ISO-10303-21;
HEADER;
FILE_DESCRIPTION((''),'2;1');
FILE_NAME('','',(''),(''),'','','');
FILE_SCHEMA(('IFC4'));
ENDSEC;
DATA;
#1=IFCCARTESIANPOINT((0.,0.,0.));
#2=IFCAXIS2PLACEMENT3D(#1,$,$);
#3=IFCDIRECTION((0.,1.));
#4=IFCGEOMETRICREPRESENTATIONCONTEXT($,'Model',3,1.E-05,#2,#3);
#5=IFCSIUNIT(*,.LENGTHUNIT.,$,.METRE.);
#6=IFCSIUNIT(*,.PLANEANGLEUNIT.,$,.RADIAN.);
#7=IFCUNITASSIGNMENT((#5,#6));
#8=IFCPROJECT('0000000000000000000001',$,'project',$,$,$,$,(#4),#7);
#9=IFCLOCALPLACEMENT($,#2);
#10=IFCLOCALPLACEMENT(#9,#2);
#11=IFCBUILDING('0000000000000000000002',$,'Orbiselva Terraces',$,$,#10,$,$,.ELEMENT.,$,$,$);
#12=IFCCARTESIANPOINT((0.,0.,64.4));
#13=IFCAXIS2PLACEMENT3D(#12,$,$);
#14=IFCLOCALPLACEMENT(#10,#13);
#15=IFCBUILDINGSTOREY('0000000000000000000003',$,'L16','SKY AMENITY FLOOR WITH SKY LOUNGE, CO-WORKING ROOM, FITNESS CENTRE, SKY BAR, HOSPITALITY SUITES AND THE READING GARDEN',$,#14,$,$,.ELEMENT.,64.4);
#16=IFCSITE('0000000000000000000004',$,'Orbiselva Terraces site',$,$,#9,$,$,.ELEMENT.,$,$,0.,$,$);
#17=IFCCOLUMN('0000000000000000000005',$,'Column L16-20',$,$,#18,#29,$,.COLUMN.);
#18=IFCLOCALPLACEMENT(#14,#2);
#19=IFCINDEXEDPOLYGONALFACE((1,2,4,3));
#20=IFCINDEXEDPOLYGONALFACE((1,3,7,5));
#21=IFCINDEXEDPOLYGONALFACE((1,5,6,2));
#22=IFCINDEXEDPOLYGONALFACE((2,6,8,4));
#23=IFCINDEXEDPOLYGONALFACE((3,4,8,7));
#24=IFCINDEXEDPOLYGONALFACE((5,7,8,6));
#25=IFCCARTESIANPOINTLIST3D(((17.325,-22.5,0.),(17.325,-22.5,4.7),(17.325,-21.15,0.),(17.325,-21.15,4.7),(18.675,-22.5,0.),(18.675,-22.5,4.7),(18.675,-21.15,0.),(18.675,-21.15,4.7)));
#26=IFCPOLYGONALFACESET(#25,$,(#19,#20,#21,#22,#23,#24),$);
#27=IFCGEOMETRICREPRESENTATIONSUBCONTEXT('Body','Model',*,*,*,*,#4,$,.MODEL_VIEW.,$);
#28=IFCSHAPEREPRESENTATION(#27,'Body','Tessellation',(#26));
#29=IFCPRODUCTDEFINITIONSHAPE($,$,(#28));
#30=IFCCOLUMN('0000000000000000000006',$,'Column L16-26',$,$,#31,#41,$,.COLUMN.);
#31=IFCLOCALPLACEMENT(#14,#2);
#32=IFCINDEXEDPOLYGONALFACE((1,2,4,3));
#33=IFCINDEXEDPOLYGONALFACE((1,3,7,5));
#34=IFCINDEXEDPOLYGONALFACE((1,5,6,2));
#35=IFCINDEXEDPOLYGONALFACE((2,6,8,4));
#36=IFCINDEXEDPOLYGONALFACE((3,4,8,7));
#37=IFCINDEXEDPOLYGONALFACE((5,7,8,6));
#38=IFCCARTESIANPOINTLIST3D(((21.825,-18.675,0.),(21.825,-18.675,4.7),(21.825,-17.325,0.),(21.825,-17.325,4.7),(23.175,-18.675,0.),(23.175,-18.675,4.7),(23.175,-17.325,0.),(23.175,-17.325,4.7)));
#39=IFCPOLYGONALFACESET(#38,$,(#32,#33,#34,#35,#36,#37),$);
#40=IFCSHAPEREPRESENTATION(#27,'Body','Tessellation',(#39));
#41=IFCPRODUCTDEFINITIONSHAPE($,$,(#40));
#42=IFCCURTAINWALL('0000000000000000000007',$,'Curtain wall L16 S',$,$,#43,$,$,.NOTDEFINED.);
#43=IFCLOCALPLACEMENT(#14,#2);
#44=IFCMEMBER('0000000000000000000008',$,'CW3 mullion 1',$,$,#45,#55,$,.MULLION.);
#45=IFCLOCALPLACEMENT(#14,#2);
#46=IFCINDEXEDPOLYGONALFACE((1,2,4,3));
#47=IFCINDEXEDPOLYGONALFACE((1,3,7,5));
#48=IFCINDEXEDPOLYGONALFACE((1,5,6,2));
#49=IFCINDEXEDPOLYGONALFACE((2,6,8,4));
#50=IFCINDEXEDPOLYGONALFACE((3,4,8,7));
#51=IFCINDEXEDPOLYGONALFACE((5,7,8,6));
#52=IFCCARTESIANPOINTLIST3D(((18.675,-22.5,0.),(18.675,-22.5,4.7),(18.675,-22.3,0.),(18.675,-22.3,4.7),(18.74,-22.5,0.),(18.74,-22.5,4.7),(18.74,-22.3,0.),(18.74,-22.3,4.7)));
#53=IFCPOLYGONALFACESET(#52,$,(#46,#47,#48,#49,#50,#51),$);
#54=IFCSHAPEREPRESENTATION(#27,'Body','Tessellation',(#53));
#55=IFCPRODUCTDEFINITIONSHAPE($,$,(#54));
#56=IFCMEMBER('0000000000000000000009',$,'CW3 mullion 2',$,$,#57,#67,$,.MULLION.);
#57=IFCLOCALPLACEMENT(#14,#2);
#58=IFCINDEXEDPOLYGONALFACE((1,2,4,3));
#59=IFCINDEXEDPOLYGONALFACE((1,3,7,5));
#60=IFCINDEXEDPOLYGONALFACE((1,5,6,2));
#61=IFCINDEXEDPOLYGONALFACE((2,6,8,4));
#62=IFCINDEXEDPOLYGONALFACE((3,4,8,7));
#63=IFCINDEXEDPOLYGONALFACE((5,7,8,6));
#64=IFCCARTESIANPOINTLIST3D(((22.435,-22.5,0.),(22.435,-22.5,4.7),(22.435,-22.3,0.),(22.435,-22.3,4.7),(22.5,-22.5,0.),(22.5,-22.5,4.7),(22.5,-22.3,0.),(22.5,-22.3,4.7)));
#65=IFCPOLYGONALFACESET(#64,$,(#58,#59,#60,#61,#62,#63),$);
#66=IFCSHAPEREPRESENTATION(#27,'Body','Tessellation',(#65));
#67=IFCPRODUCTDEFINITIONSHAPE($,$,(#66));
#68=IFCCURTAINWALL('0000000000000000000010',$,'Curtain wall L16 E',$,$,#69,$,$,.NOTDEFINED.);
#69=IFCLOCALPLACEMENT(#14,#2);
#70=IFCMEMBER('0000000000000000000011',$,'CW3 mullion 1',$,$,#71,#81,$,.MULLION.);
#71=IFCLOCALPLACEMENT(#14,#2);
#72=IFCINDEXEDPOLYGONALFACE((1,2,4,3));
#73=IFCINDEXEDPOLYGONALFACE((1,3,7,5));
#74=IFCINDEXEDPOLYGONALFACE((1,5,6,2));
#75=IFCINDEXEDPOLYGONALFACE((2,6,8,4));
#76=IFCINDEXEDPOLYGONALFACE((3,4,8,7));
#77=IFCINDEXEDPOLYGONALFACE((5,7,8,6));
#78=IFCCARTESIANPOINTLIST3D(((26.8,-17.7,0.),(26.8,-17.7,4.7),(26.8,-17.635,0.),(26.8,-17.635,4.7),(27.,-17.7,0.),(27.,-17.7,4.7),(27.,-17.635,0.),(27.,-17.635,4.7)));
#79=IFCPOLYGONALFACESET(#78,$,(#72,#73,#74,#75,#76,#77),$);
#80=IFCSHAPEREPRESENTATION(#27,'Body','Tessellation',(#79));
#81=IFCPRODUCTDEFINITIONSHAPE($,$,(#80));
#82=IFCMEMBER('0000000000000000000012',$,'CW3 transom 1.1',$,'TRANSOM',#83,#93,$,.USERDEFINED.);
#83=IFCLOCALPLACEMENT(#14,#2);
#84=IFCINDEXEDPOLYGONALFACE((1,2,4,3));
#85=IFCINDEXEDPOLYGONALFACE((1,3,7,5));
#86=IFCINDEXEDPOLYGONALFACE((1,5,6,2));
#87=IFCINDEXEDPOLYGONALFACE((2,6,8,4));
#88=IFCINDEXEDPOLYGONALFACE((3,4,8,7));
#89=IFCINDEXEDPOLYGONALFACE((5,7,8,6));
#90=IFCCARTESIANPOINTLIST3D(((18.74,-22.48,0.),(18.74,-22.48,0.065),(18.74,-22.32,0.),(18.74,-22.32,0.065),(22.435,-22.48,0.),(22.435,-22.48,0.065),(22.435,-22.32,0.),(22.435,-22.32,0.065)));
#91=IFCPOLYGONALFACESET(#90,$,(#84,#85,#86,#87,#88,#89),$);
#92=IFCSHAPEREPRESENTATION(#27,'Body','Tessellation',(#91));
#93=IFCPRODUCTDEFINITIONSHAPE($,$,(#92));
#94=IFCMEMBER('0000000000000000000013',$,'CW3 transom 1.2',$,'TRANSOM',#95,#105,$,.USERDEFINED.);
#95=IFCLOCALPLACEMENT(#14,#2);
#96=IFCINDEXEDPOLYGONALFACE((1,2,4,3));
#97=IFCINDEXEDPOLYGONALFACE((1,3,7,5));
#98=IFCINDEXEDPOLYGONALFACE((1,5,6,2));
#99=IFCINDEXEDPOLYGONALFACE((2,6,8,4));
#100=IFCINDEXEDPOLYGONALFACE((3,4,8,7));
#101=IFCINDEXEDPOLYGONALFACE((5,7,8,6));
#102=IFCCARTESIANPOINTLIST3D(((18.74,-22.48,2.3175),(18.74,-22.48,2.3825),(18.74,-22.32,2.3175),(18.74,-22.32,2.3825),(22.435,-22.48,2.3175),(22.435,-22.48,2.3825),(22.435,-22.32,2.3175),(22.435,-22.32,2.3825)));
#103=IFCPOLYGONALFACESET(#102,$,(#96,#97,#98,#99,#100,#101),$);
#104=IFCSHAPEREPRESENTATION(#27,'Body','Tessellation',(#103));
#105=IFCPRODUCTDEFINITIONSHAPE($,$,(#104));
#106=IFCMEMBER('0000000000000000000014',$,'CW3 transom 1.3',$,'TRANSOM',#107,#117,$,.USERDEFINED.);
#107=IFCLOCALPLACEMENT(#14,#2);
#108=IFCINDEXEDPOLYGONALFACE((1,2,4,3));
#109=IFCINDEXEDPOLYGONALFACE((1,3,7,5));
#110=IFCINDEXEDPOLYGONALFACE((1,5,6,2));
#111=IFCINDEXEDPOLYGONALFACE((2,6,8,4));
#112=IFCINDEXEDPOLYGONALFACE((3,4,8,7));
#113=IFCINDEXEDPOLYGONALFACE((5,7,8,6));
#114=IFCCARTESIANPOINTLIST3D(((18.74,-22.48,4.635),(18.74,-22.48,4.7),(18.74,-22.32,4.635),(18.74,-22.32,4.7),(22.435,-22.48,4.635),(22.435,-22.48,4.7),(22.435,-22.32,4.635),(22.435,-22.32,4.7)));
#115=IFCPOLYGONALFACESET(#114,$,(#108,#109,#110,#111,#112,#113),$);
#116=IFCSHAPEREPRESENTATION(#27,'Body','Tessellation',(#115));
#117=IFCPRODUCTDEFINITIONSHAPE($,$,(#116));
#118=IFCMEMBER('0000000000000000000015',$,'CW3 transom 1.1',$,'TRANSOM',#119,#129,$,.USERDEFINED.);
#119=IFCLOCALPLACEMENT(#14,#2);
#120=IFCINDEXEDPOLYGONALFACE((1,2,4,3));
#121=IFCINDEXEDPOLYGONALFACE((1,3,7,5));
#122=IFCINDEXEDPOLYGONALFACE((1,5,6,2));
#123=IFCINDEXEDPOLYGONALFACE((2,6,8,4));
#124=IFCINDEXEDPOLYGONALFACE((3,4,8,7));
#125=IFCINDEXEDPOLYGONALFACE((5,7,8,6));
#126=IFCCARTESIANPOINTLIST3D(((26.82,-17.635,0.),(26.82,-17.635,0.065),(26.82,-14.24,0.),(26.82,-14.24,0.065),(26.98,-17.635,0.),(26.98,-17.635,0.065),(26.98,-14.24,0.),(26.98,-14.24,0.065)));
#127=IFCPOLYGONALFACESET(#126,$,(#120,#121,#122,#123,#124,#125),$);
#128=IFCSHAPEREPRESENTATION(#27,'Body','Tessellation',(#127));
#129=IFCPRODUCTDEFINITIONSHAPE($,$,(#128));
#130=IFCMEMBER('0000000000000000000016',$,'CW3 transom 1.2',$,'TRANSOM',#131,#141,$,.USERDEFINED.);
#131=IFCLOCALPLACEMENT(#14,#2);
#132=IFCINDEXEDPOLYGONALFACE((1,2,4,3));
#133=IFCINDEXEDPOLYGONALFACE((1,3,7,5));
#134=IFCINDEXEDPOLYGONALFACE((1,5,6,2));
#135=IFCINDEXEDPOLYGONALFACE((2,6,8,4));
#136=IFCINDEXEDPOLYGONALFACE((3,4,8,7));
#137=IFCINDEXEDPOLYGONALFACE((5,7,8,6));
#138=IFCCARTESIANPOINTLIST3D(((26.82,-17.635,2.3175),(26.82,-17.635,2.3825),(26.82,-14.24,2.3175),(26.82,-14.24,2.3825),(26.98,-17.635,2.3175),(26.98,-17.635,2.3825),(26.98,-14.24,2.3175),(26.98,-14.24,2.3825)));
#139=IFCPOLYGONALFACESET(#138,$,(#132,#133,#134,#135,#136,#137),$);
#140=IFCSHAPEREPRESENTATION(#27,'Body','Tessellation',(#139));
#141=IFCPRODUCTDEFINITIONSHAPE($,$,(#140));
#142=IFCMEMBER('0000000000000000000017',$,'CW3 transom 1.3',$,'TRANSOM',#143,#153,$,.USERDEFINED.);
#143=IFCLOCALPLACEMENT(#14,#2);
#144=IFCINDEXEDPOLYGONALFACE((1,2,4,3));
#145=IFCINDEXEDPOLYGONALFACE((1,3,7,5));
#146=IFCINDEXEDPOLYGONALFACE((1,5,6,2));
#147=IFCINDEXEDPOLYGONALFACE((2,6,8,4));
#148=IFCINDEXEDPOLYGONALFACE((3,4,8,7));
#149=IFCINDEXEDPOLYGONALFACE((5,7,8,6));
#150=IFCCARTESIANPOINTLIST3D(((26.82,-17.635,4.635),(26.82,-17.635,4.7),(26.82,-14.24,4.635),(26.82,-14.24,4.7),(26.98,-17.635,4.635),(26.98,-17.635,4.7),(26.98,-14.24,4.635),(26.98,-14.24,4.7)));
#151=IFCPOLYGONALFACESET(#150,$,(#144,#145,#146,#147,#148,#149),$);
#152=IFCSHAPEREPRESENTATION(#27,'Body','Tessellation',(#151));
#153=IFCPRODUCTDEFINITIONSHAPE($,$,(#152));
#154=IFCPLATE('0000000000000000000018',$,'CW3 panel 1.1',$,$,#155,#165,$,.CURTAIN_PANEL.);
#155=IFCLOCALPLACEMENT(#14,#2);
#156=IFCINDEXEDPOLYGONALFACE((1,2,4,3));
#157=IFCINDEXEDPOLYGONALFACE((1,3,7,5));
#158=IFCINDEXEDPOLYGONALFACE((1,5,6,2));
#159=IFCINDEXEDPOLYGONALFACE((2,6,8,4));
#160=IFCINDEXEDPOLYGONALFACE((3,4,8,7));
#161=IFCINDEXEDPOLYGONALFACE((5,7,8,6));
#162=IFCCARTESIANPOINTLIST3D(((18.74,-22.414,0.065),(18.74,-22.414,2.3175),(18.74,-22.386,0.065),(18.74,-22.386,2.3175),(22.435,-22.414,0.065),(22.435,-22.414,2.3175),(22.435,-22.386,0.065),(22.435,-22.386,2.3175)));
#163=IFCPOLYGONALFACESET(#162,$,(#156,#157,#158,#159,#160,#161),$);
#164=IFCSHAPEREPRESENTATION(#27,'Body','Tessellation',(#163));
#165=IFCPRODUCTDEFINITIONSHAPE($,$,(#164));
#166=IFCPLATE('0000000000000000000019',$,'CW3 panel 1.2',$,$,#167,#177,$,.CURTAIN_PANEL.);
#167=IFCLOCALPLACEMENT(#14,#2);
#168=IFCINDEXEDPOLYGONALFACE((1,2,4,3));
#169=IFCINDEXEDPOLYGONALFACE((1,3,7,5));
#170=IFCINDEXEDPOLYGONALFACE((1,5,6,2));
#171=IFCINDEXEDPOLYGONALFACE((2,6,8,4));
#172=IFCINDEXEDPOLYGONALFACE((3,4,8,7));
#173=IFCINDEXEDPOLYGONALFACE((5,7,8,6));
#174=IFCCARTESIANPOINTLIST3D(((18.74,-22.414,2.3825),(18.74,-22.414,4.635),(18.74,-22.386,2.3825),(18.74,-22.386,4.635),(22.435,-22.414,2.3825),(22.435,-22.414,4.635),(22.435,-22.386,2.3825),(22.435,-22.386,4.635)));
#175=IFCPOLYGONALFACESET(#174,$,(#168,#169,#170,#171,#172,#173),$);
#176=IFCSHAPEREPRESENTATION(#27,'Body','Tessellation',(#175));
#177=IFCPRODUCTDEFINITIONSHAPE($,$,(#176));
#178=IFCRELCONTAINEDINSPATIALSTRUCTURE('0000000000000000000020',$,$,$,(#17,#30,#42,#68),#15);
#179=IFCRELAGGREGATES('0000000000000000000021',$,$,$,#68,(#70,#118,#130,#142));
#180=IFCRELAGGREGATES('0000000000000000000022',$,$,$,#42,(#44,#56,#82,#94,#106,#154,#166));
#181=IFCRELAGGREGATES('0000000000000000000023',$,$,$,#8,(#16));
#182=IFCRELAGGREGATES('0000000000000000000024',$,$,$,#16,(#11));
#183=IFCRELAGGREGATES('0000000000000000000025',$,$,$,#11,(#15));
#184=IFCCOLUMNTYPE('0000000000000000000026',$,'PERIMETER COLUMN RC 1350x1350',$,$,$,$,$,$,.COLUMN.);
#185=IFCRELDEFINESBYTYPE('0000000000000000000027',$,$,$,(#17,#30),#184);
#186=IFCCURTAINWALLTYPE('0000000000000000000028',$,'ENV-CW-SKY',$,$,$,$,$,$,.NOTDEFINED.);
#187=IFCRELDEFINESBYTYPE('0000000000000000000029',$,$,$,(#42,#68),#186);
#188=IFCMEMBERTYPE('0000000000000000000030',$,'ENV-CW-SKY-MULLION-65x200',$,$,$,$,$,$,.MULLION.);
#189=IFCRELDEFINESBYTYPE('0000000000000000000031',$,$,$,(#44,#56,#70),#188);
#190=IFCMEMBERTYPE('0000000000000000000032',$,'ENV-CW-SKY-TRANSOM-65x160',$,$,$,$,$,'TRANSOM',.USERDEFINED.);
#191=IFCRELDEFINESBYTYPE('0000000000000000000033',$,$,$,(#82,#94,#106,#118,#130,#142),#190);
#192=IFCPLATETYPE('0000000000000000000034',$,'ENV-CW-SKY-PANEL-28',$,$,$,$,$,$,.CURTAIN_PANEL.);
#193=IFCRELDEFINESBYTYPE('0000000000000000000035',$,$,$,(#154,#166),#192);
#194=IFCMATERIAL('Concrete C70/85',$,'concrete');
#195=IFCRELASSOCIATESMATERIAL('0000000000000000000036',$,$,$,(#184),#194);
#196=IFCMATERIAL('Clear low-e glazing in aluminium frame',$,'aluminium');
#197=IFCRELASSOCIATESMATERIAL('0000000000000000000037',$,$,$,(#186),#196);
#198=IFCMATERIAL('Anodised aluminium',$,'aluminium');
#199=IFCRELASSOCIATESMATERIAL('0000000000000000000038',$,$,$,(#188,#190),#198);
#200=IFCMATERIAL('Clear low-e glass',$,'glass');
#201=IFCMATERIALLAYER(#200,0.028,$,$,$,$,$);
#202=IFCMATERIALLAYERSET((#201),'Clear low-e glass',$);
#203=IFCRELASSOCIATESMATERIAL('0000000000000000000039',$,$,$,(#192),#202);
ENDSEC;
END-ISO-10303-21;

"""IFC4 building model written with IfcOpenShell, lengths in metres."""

from ifc_helpers import new_model, si_unit, direction, frame, origin, origin_2d, place, context, subcontext, project, spatial, rectangle, extrude, material, layer, layer_set, material_profile, profile_set, type_object, element, aggregate, save


model = new_model("IFC4")

# Units and contexts
model_context = context("Model", 3, precision=1e-05, world=origin(), true_north=direction((0.0, 1.0)))
body_context = subcontext(model_context, "Body", "Model", "MODEL_VIEW")
ifc_project = project(units=[si_unit("LENGTHUNIT", "METRE"), si_unit("PLANEANGLEUNIT", "RADIAN")], contexts=[model_context])

# Site, building, storey
site_placement = place(None, origin())
site = spatial("IfcSite", under=ifc_project, at=site_placement, Name="Orbiselva Terraces site", CompositionType="ELEMENT", RefElevation=0.0)
building_placement = place(site_placement, origin())
building = spatial("IfcBuilding", under=site, at=building_placement, Name="Orbiselva Terraces", CompositionType="ELEMENT")
storey_placement = place(building_placement, frame((0.0, 0.0, 64.4)))
storey = spatial("IfcBuildingStorey", under=building, at=storey_placement, Name="L16", Description="SKY AMENITY FLOOR WITH SKY LOUNGE, CO-WORKING ROOM, FITNESS CENTRE, SKY BAR, HOSPITALITY SUITES AND THE READING GARDEN", CompositionType="ELEMENT", Elevation=64.4)

# Columns
ifc_material_1 = material(Name="Concrete C70/85", Category="concrete")
ifc_material_profile_1 = material_profile(ifc_material_1, rectangle(XDim=1.35, YDim=1.35, at=origin_2d()), Name="RC 1350x1350")
ifc_profile_set_1 = profile_set([ifc_material_profile_1], Name="Concrete C70/85")
column_type = type_object("IfcColumnType", Name="PERIMETER COLUMN RC 1350x1350", PredefinedType="COLUMN", material=ifc_profile_set_1)
for number, where, z_axis, x_axis, name in (
    (1, (18.0, -21.825, 0.0), (0.0, 0.0, 1.0), (1.0, 0.0, 0.0), "Column L16-20"),
    (2, (22.5, -18.0, 0.0), (0.0, 0.0, 1.0), (1.0, 0.0, 0.0), "Column L16-26"),
):
    element("IfcColumn", number, at=place(storey_placement, frame(where, z_axis=z_axis, x_axis=x_axis)), inside=storey, type_object=column_type, Name=name, PredefinedType="COLUMN", context=body_context, shape_type="SweptSolid", body=[
        extrude(rectangle(XDim=1.35, YDim=1.35, at=origin_2d()), origin(), (0.0, 0.0, 1.0), 4.7),
    ])

# Curtain wall, members
ifc_material_2 = material(Name="Clear low-e glazing in aluminium frame", Category="aluminium")
curtain_wall_type = type_object("IfcCurtainWallType", Name="ENV-CW-SKY", PredefinedType="NOTDEFINED", material=ifc_material_2)
curtain_wall_1_placement = place(storey_placement, origin())
curtain_wall_1 = element("IfcCurtainWall", 3, at=curtain_wall_1_placement, inside=storey, type_object=curtain_wall_type, Name="Curtain wall L16 S", PredefinedType="NOTDEFINED")
ifc_material_3 = material(Name="Anodised aluminium", Category="aluminium")
ifc_material_profile_2 = material_profile(ifc_material_3, rectangle(XDim=0.2, YDim=0.065, at=origin_2d()), Name="AL 65x200")
ifc_profile_set_2 = profile_set([ifc_material_profile_2], Name="Anodised aluminium")
member_type_1 = type_object("IfcMemberType", Name="ENV-CW-SKY-MULLION-65x200", PredefinedType="MULLION", material=ifc_profile_set_2)
member_1_placement = place(storey_placement, frame((18.7075, -22.4, 0.0), z_axis=(0.0, 0.0, 1.0), x_axis=(0.0, 1.0, 0.0)))
member_1 = element("IfcMember", 4, at=member_1_placement, type_object=member_type_1, Name="CW3 mullion 1", PredefinedType="MULLION", context=body_context, shape_type="SweptSolid", body=[
    extrude(rectangle(XDim=0.2, YDim=0.065, at=origin_2d()), origin(), (0.0, 0.0, 1.0), 4.7),
])
member_2_placement = place(storey_placement, frame((22.4675, -22.4, 0.0), z_axis=(0.0, 0.0, 1.0), x_axis=(0.0, 1.0, 0.0)))
member_2 = element("IfcMember", 5, at=member_2_placement, type_object=member_type_1, Name="CW3 mullion 2", PredefinedType="MULLION", context=body_context, shape_type="SweptSolid", body=[
    extrude(rectangle(XDim=0.2, YDim=0.065, at=origin_2d()), origin(), (0.0, 0.0, 1.0), 4.7),
])

# Curtain wall, member
curtain_wall_2_placement = place(storey_placement, origin())
curtain_wall_2 = element("IfcCurtainWall", 6, at=curtain_wall_2_placement, inside=storey, type_object=curtain_wall_type, Name="Curtain wall L16 E", PredefinedType="NOTDEFINED")
member_3_placement = place(storey_placement, frame((26.9, -17.6675, 0.0), z_axis=(0.0, 0.0, 1.0), x_axis=(-1.0, 0.0, 0.0)))
member_3 = element("IfcMember", 7, at=member_3_placement, type_object=member_type_1, Name="CW3 mullion 1", PredefinedType="MULLION", context=body_context, shape_type="SweptSolid", body=[
    extrude(rectangle(XDim=0.2, YDim=0.065, at=origin_2d()), origin(), (0.0, 0.0, 1.0), 4.7),
])

# Members
ifc_material_profile_3 = material_profile(ifc_material_3, rectangle(XDim=0.16, YDim=0.065, at=origin_2d()), Name="AL 65x160")
ifc_profile_set_3 = profile_set([ifc_material_profile_3], Name="Anodised aluminium")
member_type_2 = type_object("IfcMemberType", Name="ENV-CW-SKY-TRANSOM-65x160", ElementType="TRANSOM", PredefinedType="USERDEFINED", material=ifc_profile_set_3)
member_4_placement = place(storey_placement, frame((18.74, -22.4, 0.0325), z_axis=(1.0, 0.0, 0.0), x_axis=(0.0, 1.0, 0.0)))
member_4 = element("IfcMember", 8, at=member_4_placement, type_object=member_type_2, Name="CW3 transom 1.1", ObjectType="TRANSOM", PredefinedType="USERDEFINED", context=body_context, shape_type="SweptSolid", body=[
    extrude(rectangle(XDim=0.16, YDim=0.065, at=origin_2d()), origin(), (0.0, 0.0, 1.0), 3.695),
])
member_5_placement = place(storey_placement, frame((18.74, -22.4, 2.35), z_axis=(1.0, 0.0, 0.0), x_axis=(0.0, 1.0, 0.0)))
member_5 = element("IfcMember", 9, at=member_5_placement, type_object=member_type_2, Name="CW3 transom 1.2", ObjectType="TRANSOM", PredefinedType="USERDEFINED", context=body_context, shape_type="SweptSolid", body=[
    extrude(rectangle(XDim=0.16, YDim=0.065, at=origin_2d()), origin(), (0.0, 0.0, 1.0), 3.695),
])
member_6_placement = place(storey_placement, frame((18.74, -22.4, 4.6675), z_axis=(1.0, 0.0, 0.0), x_axis=(0.0, 1.0, 0.0)))
member_6 = element("IfcMember", 10, at=member_6_placement, type_object=member_type_2, Name="CW3 transom 1.3", ObjectType="TRANSOM", PredefinedType="USERDEFINED", context=body_context, shape_type="SweptSolid", body=[
    extrude(rectangle(XDim=0.16, YDim=0.065, at=origin_2d()), origin(), (0.0, 0.0, 1.0), 3.695),
])
member_7_placement = place(storey_placement, frame((26.9, -17.635, 0.0325), z_axis=(0.0, 1.0, 0.0), x_axis=(-1.0, 0.0, 0.0)))
member_7 = element("IfcMember", 11, at=member_7_placement, type_object=member_type_2, Name="CW3 transom 1.1", ObjectType="TRANSOM", PredefinedType="USERDEFINED", context=body_context, shape_type="SweptSolid", body=[
    extrude(rectangle(XDim=0.16, YDim=0.065, at=origin_2d()), origin(), (0.0, 0.0, 1.0), 3.395),
])
member_8_placement = place(storey_placement, frame((26.9, -17.635, 2.35), z_axis=(0.0, 1.0, 0.0), x_axis=(-1.0, 0.0, 0.0)))
member_8 = element("IfcMember", 12, at=member_8_placement, type_object=member_type_2, Name="CW3 transom 1.2", ObjectType="TRANSOM", PredefinedType="USERDEFINED", context=body_context, shape_type="SweptSolid", body=[
    extrude(rectangle(XDim=0.16, YDim=0.065, at=origin_2d()), origin(), (0.0, 0.0, 1.0), 3.395),
])
member_9_placement = place(storey_placement, frame((26.9, -17.635, 4.6675), z_axis=(0.0, 1.0, 0.0), x_axis=(-1.0, 0.0, 0.0)))
member_9 = element("IfcMember", 13, at=member_9_placement, type_object=member_type_2, Name="CW3 transom 1.3", ObjectType="TRANSOM", PredefinedType="USERDEFINED", context=body_context, shape_type="SweptSolid", body=[
    extrude(rectangle(XDim=0.16, YDim=0.065, at=origin_2d()), origin(), (0.0, 0.0, 1.0), 3.395),
])
aggregate(curtain_wall_2, [member_3, member_7, member_8, member_9])

# Plates
ifc_material_4 = material(Name="Clear low-e glass", Category="glass")
ifc_layer_1 = layer(ifc_material_4, 0.028)
ifc_layer_set_1 = layer_set([ifc_layer_1], Name="Clear low-e glass")
plate_type = type_object("IfcPlateType", Name="ENV-CW-SKY-PANEL-28", PredefinedType="CURTAIN_PANEL", material=ifc_layer_set_1)
plate_1_placement = place(storey_placement, frame((20.5875, -22.4, 0.065), z_axis=(0.0, 0.0, 1.0), x_axis=(1.0, 0.0, 0.0)))
plate_1 = element("IfcPlate", 14, at=plate_1_placement, type_object=plate_type, Name="CW3 panel 1.1", PredefinedType="CURTAIN_PANEL", context=body_context, shape_type="SweptSolid", body=[
    extrude(rectangle(XDim=3.695, YDim=0.028, at=origin_2d()), origin(), (0.0, 0.0, 1.0), 2.2525),
])
plate_2_placement = place(storey_placement, frame((20.5875, -22.4, 2.3825), z_axis=(0.0, 0.0, 1.0), x_axis=(1.0, 0.0, 0.0)))
plate_2 = element("IfcPlate", 15, at=plate_2_placement, type_object=plate_type, Name="CW3 panel 1.2", PredefinedType="CURTAIN_PANEL", context=body_context, shape_type="SweptSolid", body=[
    extrude(rectangle(XDim=3.695, YDim=0.028, at=origin_2d()), origin(), (0.0, 0.0, 1.0), 2.2525),
])
aggregate(curtain_wall_1, [member_1, member_2, member_4, member_5, member_6, plate_1, plate_2])

save(model, "model.ifc")
